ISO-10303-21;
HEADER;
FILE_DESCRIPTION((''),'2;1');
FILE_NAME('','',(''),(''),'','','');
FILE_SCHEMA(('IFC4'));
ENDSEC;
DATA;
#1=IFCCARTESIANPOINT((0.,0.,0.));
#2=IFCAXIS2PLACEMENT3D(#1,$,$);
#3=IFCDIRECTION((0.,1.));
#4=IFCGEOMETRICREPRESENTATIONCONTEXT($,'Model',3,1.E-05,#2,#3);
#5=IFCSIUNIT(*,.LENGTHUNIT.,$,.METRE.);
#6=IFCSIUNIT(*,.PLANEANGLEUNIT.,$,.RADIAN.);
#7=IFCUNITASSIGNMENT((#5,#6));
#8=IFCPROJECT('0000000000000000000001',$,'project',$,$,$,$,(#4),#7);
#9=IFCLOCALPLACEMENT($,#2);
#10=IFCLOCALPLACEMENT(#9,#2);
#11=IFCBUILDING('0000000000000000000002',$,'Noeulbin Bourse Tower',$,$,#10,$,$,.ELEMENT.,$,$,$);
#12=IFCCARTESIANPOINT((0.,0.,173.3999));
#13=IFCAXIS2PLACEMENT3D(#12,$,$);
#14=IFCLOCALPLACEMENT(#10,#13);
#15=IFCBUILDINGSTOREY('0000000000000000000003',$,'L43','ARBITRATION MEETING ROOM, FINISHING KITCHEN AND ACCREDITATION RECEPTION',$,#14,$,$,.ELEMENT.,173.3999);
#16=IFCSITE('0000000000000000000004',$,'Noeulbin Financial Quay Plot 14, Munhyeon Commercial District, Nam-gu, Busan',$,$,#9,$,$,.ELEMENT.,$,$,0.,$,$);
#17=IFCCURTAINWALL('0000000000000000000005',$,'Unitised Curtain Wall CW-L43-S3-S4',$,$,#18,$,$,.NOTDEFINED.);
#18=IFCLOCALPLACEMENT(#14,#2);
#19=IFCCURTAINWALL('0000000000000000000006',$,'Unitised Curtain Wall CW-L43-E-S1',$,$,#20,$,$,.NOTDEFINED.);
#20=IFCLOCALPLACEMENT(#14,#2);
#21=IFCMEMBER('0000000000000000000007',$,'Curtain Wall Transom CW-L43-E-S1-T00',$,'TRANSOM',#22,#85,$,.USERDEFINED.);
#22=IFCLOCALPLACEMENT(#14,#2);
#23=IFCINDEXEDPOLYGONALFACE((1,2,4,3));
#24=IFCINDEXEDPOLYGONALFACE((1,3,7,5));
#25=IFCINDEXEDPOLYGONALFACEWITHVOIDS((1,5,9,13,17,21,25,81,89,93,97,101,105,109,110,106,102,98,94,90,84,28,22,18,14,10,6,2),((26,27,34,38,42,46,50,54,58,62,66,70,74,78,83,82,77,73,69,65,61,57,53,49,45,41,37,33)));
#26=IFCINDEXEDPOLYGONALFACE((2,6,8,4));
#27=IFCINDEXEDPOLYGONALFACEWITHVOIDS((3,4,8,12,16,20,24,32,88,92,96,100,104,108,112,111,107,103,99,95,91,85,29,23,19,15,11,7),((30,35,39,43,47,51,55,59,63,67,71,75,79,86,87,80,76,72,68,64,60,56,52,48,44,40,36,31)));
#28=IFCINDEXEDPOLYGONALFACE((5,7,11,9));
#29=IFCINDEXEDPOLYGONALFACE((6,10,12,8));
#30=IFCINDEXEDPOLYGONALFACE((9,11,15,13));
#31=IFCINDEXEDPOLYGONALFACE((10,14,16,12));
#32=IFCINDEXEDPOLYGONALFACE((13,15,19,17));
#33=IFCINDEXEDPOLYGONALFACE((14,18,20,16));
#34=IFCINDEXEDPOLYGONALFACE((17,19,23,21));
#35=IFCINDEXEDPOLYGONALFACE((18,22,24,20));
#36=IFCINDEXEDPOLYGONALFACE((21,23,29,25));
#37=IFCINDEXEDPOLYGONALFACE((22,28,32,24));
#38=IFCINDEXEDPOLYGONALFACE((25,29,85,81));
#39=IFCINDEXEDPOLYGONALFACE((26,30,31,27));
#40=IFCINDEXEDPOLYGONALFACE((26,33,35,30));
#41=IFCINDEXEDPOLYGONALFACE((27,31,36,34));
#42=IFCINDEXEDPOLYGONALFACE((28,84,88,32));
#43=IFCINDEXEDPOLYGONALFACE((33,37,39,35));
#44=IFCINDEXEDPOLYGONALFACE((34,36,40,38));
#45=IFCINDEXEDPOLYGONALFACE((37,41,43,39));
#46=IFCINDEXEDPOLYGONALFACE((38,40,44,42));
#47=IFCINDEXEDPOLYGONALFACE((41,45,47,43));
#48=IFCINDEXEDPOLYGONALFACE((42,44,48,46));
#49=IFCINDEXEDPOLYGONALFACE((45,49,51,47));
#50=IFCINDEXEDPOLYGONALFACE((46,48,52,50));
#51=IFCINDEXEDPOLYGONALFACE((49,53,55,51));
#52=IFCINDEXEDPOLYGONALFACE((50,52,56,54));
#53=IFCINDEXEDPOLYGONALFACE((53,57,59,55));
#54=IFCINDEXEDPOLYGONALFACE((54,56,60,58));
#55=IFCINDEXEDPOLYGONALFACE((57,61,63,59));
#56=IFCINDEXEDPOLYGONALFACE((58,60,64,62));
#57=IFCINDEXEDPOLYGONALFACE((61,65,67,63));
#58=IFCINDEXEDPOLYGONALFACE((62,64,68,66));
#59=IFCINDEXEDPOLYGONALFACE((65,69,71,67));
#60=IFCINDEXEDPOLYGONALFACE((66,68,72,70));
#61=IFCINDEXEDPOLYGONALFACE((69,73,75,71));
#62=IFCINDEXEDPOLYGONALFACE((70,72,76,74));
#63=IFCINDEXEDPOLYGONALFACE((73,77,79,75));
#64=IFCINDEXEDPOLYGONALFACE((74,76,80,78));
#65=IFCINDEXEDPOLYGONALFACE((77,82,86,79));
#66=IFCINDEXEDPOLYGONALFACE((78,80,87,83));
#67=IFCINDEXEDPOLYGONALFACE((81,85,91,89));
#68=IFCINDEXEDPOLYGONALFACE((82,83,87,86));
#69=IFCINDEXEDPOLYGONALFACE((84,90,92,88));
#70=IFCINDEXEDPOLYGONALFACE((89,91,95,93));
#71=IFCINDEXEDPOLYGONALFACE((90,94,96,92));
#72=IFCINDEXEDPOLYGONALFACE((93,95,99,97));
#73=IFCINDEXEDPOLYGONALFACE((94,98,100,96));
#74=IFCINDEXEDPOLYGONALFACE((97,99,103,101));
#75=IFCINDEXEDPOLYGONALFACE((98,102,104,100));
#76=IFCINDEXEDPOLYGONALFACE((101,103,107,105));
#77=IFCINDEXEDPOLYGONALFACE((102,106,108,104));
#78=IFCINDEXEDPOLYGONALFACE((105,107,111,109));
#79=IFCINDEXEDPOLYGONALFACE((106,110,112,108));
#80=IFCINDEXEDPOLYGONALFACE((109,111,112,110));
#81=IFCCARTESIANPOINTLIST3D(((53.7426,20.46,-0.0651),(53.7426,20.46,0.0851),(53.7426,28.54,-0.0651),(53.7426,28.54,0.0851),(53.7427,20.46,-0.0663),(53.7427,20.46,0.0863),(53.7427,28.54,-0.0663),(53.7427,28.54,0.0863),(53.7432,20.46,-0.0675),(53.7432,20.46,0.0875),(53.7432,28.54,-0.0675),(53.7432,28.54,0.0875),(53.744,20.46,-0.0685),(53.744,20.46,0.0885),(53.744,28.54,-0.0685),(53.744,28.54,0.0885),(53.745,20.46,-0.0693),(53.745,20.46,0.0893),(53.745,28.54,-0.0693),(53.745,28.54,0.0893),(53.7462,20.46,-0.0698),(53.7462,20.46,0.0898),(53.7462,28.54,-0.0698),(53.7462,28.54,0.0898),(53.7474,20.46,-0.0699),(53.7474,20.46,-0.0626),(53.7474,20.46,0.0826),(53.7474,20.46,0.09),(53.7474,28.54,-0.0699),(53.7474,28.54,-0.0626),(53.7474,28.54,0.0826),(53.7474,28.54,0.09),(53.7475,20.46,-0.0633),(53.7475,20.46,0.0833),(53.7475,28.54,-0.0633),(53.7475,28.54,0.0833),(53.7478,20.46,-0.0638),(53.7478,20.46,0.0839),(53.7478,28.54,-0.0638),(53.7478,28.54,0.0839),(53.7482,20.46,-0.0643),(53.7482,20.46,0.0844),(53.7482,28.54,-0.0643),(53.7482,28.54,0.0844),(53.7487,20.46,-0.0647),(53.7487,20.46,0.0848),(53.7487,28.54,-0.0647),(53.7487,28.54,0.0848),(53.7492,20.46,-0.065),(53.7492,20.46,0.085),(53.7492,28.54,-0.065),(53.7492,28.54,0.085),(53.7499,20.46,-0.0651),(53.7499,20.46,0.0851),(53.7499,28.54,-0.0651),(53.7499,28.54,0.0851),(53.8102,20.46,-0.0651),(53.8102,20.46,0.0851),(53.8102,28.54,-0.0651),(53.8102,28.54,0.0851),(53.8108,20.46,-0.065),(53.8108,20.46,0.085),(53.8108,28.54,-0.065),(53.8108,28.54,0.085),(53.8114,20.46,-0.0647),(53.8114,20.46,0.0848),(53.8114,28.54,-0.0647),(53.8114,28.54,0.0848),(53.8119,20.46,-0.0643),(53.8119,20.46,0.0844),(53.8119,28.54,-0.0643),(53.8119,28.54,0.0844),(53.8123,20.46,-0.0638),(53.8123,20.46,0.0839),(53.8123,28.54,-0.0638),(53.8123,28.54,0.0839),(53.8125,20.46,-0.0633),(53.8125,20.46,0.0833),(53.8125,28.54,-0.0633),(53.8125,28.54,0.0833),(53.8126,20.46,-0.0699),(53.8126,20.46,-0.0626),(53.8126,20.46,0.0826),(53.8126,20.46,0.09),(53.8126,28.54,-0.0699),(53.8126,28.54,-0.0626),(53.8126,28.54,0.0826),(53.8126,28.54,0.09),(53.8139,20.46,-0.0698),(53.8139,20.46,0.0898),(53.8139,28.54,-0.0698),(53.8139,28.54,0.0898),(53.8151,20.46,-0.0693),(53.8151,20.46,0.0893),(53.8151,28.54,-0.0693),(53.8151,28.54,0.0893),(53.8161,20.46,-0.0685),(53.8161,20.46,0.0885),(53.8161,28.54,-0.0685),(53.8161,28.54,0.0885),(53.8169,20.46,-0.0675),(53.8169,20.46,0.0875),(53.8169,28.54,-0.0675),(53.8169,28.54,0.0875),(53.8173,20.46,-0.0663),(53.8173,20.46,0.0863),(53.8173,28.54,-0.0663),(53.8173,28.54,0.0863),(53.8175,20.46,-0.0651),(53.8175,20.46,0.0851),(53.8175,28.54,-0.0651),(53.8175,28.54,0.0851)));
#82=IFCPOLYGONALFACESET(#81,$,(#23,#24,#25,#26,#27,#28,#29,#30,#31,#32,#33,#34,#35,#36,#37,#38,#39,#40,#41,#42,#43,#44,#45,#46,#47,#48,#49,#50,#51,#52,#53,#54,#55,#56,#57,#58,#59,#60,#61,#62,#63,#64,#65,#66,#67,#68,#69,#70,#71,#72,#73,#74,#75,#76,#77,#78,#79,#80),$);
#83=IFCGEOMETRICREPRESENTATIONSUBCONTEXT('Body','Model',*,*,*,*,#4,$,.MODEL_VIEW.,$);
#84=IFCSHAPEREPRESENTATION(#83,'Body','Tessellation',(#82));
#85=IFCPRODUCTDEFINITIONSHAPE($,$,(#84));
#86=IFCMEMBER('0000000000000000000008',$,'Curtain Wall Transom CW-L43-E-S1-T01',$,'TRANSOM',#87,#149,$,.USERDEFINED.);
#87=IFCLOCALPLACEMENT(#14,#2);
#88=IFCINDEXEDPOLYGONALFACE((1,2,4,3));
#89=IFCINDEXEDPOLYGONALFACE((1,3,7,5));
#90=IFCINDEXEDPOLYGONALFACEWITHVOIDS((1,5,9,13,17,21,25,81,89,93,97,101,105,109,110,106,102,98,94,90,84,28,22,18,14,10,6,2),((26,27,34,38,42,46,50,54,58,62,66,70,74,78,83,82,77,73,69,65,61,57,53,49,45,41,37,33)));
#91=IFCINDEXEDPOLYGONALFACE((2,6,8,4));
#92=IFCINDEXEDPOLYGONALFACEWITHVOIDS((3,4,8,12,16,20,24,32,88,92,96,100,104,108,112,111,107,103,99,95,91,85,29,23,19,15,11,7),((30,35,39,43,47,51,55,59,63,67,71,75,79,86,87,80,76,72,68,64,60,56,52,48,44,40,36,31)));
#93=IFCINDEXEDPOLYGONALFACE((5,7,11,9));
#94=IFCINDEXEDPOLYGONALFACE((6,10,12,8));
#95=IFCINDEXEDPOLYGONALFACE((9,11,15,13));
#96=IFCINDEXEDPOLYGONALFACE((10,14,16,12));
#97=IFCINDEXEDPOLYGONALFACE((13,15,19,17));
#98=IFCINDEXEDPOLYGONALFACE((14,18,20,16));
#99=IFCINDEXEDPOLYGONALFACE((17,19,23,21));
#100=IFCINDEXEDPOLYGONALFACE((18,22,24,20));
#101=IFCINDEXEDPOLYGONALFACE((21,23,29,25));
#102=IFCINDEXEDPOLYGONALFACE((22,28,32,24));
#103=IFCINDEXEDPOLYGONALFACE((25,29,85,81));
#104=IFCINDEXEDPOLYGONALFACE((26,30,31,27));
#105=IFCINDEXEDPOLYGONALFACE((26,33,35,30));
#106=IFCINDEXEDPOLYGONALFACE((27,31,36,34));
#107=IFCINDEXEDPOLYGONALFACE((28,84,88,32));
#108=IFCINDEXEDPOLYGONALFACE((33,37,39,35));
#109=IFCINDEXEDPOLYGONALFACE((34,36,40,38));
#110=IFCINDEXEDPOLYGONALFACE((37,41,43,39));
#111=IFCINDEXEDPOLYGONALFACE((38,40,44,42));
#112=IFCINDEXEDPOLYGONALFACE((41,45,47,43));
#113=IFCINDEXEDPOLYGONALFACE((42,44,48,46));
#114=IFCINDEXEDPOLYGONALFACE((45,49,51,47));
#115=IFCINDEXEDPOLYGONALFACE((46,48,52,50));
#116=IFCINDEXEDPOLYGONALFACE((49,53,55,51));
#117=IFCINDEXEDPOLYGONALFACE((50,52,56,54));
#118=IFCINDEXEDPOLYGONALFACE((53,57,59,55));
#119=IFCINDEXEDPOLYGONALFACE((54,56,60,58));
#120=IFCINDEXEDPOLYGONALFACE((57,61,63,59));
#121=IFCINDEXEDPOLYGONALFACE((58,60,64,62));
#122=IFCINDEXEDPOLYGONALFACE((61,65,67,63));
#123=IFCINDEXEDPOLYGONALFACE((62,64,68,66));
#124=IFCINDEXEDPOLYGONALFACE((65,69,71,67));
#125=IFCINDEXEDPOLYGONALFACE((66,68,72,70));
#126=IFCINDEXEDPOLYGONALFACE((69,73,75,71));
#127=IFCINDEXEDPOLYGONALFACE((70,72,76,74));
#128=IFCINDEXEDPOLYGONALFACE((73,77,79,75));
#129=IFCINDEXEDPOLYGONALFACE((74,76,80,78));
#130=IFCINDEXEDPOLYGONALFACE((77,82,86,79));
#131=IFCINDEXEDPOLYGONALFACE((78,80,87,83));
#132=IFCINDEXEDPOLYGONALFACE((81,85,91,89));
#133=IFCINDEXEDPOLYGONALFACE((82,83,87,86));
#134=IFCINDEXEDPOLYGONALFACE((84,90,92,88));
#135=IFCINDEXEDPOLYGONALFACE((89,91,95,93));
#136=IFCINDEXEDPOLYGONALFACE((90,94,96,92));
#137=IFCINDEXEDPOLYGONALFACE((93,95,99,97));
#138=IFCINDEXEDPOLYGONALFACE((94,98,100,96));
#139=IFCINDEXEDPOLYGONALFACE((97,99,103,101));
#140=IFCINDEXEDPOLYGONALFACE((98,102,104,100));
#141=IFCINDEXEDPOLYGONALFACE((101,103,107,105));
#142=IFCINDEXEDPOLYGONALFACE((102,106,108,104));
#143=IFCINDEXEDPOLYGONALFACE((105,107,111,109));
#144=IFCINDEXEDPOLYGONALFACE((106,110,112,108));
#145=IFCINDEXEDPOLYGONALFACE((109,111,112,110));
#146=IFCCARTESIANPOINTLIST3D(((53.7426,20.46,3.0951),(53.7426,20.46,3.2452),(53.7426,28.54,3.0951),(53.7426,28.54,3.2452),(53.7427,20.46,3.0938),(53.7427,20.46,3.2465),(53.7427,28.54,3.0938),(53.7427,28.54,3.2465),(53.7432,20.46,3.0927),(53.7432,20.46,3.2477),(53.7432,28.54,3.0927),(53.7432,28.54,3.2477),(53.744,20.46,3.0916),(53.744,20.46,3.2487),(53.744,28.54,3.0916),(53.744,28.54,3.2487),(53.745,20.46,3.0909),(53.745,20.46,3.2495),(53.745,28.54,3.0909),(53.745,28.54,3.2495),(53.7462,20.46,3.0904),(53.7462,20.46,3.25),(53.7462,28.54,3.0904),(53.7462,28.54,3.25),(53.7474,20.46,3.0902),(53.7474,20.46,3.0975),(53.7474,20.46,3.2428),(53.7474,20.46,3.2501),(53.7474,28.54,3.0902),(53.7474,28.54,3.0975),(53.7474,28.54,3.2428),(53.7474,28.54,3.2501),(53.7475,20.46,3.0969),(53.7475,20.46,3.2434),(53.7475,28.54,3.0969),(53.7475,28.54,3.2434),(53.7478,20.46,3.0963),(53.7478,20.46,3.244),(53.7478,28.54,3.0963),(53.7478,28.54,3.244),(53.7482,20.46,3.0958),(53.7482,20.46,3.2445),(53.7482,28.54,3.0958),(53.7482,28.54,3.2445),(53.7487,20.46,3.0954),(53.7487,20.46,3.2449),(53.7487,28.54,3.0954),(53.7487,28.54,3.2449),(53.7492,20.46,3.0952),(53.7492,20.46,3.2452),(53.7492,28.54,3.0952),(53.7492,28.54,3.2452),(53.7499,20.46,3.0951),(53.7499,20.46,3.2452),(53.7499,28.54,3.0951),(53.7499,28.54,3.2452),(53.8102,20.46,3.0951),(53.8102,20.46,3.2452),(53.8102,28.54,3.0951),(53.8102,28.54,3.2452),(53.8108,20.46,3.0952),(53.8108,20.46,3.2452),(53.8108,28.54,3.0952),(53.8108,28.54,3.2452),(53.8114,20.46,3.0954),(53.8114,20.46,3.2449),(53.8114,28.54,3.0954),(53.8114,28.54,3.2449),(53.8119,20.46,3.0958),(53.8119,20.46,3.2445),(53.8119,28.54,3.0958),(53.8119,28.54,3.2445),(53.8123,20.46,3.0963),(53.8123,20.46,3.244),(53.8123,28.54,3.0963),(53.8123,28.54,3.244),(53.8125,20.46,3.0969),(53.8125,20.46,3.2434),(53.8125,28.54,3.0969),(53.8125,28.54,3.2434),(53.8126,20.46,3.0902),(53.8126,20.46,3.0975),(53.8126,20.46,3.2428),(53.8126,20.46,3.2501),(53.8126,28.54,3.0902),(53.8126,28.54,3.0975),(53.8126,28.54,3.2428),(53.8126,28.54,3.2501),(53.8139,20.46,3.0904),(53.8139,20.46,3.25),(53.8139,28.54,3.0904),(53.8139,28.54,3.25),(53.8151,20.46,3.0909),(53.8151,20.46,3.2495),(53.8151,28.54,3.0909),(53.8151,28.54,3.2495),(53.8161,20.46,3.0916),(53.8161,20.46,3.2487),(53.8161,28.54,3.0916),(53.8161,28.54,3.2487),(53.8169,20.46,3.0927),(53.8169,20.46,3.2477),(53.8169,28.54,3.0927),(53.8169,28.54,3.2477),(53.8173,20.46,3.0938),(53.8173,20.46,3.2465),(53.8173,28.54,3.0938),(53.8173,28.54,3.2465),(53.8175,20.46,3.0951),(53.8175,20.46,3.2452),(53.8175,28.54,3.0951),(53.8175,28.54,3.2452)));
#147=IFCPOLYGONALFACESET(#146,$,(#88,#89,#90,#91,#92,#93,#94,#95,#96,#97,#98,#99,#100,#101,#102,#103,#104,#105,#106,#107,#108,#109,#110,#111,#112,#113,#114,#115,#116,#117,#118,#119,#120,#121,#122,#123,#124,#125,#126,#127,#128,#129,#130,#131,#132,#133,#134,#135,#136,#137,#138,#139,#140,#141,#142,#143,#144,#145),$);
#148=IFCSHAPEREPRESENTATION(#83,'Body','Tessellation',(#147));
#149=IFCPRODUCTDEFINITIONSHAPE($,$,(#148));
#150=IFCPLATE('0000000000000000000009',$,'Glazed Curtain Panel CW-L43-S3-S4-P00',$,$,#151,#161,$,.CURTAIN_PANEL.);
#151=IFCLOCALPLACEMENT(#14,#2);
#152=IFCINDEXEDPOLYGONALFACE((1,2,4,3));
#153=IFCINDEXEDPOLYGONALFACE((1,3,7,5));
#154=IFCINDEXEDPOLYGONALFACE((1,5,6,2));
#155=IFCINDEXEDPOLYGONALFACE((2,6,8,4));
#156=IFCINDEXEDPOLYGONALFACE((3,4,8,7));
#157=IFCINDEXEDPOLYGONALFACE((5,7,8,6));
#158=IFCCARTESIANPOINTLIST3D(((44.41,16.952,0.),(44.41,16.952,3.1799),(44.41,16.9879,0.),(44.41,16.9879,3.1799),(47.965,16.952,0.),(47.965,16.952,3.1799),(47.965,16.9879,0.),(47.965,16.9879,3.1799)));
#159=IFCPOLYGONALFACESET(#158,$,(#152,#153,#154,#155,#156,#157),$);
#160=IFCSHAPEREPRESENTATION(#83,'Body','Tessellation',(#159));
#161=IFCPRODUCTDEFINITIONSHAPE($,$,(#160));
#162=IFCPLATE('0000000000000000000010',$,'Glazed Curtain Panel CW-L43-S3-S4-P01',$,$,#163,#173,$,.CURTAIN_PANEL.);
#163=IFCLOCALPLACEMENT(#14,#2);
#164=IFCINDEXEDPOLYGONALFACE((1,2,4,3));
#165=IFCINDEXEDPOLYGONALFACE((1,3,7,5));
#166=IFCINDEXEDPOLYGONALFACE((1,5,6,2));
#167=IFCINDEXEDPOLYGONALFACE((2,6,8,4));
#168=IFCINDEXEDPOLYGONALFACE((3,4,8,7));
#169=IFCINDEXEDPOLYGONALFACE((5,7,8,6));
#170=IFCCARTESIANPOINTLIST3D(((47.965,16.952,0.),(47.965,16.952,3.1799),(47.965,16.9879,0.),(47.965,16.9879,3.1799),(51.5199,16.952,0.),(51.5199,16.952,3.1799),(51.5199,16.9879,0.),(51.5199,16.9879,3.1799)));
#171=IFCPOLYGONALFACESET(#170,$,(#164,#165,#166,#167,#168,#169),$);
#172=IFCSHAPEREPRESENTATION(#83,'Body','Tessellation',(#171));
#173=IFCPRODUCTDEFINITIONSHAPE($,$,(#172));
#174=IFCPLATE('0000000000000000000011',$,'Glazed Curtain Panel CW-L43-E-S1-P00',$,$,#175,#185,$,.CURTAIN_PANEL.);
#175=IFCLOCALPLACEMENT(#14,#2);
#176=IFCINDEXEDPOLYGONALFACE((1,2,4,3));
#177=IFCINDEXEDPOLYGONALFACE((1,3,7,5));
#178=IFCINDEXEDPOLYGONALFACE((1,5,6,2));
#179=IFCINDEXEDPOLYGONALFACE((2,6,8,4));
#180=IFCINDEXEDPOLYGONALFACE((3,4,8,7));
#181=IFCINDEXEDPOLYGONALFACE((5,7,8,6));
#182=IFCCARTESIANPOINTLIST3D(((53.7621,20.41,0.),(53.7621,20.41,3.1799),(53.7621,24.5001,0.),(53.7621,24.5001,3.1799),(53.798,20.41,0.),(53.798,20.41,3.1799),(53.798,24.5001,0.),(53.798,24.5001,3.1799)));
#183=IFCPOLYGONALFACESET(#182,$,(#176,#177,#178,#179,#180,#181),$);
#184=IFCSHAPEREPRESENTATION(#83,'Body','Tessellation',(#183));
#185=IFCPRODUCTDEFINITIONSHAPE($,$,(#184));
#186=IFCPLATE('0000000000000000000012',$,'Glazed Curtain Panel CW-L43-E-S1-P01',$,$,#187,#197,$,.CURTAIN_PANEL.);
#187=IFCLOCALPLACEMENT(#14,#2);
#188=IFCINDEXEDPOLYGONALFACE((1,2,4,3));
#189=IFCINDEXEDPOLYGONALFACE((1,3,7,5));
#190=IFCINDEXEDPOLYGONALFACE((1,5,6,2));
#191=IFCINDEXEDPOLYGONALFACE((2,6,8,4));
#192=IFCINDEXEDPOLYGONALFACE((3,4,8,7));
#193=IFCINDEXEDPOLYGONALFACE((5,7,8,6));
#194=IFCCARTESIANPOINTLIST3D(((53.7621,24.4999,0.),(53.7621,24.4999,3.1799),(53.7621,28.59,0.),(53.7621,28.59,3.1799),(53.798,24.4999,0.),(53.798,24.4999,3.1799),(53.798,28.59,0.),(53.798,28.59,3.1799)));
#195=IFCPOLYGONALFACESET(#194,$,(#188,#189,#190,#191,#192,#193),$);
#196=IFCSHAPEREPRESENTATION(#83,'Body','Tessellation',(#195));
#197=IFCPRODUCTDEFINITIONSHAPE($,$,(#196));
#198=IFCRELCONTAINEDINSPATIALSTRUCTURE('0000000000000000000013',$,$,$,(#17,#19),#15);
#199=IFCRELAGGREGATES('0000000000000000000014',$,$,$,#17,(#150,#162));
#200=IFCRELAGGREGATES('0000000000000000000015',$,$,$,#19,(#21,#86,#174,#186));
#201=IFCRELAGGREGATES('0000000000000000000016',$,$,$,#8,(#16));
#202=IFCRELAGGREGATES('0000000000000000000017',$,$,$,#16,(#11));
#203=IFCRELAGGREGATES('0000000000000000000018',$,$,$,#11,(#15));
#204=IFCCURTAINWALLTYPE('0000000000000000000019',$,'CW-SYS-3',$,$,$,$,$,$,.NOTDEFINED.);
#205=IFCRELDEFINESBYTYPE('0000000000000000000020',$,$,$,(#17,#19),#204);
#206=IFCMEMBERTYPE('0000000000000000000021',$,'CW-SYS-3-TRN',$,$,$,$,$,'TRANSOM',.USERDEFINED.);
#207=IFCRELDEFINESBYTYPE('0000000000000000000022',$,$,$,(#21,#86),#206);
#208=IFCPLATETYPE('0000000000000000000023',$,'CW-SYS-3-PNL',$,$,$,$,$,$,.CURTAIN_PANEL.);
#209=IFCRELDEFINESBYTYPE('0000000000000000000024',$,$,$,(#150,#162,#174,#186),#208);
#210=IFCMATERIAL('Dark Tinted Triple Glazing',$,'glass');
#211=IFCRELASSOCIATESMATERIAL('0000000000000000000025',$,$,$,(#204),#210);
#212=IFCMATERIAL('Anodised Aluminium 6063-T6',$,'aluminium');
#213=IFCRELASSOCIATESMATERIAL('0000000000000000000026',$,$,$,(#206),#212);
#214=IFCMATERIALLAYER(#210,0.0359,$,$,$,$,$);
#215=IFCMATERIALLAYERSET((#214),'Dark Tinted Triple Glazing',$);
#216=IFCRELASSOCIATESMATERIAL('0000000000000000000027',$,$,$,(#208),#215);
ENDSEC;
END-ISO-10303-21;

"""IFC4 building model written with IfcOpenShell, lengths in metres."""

from ifc_helpers import new_model, si_unit, direction, frame, origin, origin_2d, place, context, subcontext, project, spatial, rectangle, hollow_rectangle, extrude, material, layer, layer_set, material_profile, profile_set, type_object, element, aggregate, save


model = new_model("IFC4")

# Units and contexts
model_context = context("Model", 3, precision=1e-05, world=origin(), true_north=direction((0.0, 1.0)))
body_context = subcontext(model_context, "Body", "Model", "MODEL_VIEW")
ifc_project = project(units=[si_unit("LENGTHUNIT", "METRE"), si_unit("PLANEANGLEUNIT", "RADIAN")], contexts=[model_context])

# Site, building, storey
site_placement = place(None, origin())
site = spatial("IfcSite", under=ifc_project, at=site_placement, Name="Noeulbin Financial Quay Plot 14, Munhyeon Commercial District, Nam-gu, Busan", CompositionType="ELEMENT", RefElevation=0.0)
building_placement = place(site_placement, origin())
building = spatial("IfcBuilding", under=site, at=building_placement, Name="Noeulbin Bourse Tower", CompositionType="ELEMENT")
storey_placement = place(building_placement, frame((0.0, 0.0, 173.3999)))
storey = spatial("IfcBuildingStorey", under=building, at=storey_placement, Name="L43", Description="ARBITRATION MEETING ROOM, FINISHING KITCHEN AND ACCREDITATION RECEPTION", CompositionType="ELEMENT", Elevation=173.3999)

# Curtain walls
ifc_material_1 = material(Name="Dark Tinted Triple Glazing", Category="glass")
curtain_wall_type = type_object("IfcCurtainWallType", Name="CW-SYS-3", PredefinedType="NOTDEFINED", material=ifc_material_1)
curtain_wall_1_placement = place(storey_placement, origin())
curtain_wall_1 = element("IfcCurtainWall", 1, at=curtain_wall_1_placement, inside=storey, type_object=curtain_wall_type, Name="Unitised Curtain Wall CW-L43-S3-S4", PredefinedType="NOTDEFINED")
ifc_material_2 = material(Name="Anodised Aluminium 6063-T6", Category="aluminium")
curtain_wall_2_placement = place(storey_placement, origin())
curtain_wall_2 = element("IfcCurtainWall", 2, at=curtain_wall_2_placement, inside=storey, type_object=curtain_wall_type, Name="Unitised Curtain Wall CW-L43-E-S1", PredefinedType="NOTDEFINED")

# Members
ifc_material_profile_1 = material_profile(ifc_material_2, hollow_rectangle(XDim=0.075, YDim=0.1599, WallThickness=0.0049, InnerFilletRadius=0.0024, OuterFilletRadius=0.0049, at=origin_2d()), Name="ALU-TRAN-75x160x5", Category="LoadBearing")
ifc_profile_set_1 = profile_set([ifc_material_profile_1], Name="Anodised Aluminium 6063-T6")
member_type_1 = type_object("IfcMemberType", Name="CW-SYS-3-TRN", ElementType="TRANSOM", PredefinedType="USERDEFINED", material=ifc_profile_set_1)
member_1_placement = place(storey_placement, frame((53.78, 20.46, 0.01), z_axis=(0.0, 1.0, 0.0), x_axis=(-1.0, 0.0, 0.0)))
member_1 = element("IfcMember", 3, at=member_1_placement, type_object=member_type_1, Name="Curtain Wall Transom CW-L43-E-S1-T00", ObjectType="TRANSOM", PredefinedType="USERDEFINED", context=body_context, shape_type="SweptSolid", body=[
    extrude(hollow_rectangle(XDim=0.075, YDim=0.1599, WallThickness=0.0049, InnerFilletRadius=0.0024, OuterFilletRadius=0.0049, at=origin_2d()), origin(), (0.0, 0.0, 1.0), 8.0801),
])
member_2_placement = place(storey_placement, frame((53.78, 20.46, 3.1702), z_axis=(0.0, 1.0, 0.0), x_axis=(-1.0, 0.0, 0.0)))
member_2 = element("IfcMember", 4, at=member_2_placement, type_object=member_type_1, Name="Curtain Wall Transom CW-L43-E-S1-T01", ObjectType="TRANSOM", PredefinedType="USERDEFINED", context=body_context, shape_type="SweptSolid", body=[
    extrude(hollow_rectangle(XDim=0.075, YDim=0.1599, WallThickness=0.0049, InnerFilletRadius=0.0024, OuterFilletRadius=0.0049, at=origin_2d()), origin(), (0.0, 0.0, 1.0), 8.0801),
])

# Plates
ifc_layer_1 = layer(ifc_material_1, 0.0359)
ifc_layer_set_1 = layer_set([ifc_layer_1], Name="Dark Tinted Triple Glazing")
plate_type_1 = type_object("IfcPlateType", Name="CW-SYS-3-PNL", PredefinedType="CURTAIN_PANEL", material=ifc_layer_set_1)
plate_1_placement = place(storey_placement, frame((46.1875, 16.97, 0.0), z_axis=(0.0, 0.0, 1.0), x_axis=(1.0, 0.0, 0.0)))
plate_1 = element("IfcPlate", 5, at=plate_1_placement, type_object=plate_type_1, Name="Glazed Curtain Panel CW-L43-S3-S4-P00", PredefinedType="CURTAIN_PANEL", context=body_context, shape_type="SweptSolid", body=[
    extrude(rectangle(XDim=3.5549, YDim=0.0359, at=origin_2d()), origin(), (0.0, 0.0, 1.0), 3.1799),
])
plate_2_placement = place(storey_placement, frame((49.7424, 16.97, 0.0), z_axis=(0.0, 0.0, 1.0), x_axis=(1.0, 0.0, 0.0)))
plate_2 = element("IfcPlate", 6, at=plate_2_placement, type_object=plate_type_1, Name="Glazed Curtain Panel CW-L43-S3-S4-P01", PredefinedType="CURTAIN_PANEL", context=body_context, shape_type="SweptSolid", body=[
    extrude(rectangle(XDim=3.5549, YDim=0.0359, at=origin_2d()), origin(), (0.0, 0.0, 1.0), 3.1799),
])
aggregate(curtain_wall_1, [plate_1, plate_2])
plate_3_placement = place(storey_placement, frame((53.78, 22.4551, 0.0), z_axis=(0.0, 0.0, 1.0), x_axis=(0.0, 1.0, 0.0)))
plate_3 = element("IfcPlate", 7, at=plate_3_placement, type_object=plate_type_1, Name="Glazed Curtain Panel CW-L43-E-S1-P00", PredefinedType="CURTAIN_PANEL", context=body_context, shape_type="SweptSolid", body=[
    extrude(rectangle(XDim=4.0901, YDim=0.0359, at=origin_2d()), origin(), (0.0, 0.0, 1.0), 3.1799),
])
plate_4_placement = place(storey_placement, frame((53.78, 26.5449, 0.0), z_axis=(0.0, 0.0, 1.0), x_axis=(0.0, 1.0, 0.0)))
plate_4 = element("IfcPlate", 8, at=plate_4_placement, type_object=plate_type_1, Name="Glazed Curtain Panel CW-L43-E-S1-P01", PredefinedType="CURTAIN_PANEL", context=body_context, shape_type="SweptSolid", body=[
    extrude(rectangle(XDim=4.0901, YDim=0.0359, at=origin_2d()), origin(), (0.0, 0.0, 1.0), 3.1799),
])
aggregate(curtain_wall_2, [member_1, member_2, plate_3, plate_4])

save(model, "model.ifc")
